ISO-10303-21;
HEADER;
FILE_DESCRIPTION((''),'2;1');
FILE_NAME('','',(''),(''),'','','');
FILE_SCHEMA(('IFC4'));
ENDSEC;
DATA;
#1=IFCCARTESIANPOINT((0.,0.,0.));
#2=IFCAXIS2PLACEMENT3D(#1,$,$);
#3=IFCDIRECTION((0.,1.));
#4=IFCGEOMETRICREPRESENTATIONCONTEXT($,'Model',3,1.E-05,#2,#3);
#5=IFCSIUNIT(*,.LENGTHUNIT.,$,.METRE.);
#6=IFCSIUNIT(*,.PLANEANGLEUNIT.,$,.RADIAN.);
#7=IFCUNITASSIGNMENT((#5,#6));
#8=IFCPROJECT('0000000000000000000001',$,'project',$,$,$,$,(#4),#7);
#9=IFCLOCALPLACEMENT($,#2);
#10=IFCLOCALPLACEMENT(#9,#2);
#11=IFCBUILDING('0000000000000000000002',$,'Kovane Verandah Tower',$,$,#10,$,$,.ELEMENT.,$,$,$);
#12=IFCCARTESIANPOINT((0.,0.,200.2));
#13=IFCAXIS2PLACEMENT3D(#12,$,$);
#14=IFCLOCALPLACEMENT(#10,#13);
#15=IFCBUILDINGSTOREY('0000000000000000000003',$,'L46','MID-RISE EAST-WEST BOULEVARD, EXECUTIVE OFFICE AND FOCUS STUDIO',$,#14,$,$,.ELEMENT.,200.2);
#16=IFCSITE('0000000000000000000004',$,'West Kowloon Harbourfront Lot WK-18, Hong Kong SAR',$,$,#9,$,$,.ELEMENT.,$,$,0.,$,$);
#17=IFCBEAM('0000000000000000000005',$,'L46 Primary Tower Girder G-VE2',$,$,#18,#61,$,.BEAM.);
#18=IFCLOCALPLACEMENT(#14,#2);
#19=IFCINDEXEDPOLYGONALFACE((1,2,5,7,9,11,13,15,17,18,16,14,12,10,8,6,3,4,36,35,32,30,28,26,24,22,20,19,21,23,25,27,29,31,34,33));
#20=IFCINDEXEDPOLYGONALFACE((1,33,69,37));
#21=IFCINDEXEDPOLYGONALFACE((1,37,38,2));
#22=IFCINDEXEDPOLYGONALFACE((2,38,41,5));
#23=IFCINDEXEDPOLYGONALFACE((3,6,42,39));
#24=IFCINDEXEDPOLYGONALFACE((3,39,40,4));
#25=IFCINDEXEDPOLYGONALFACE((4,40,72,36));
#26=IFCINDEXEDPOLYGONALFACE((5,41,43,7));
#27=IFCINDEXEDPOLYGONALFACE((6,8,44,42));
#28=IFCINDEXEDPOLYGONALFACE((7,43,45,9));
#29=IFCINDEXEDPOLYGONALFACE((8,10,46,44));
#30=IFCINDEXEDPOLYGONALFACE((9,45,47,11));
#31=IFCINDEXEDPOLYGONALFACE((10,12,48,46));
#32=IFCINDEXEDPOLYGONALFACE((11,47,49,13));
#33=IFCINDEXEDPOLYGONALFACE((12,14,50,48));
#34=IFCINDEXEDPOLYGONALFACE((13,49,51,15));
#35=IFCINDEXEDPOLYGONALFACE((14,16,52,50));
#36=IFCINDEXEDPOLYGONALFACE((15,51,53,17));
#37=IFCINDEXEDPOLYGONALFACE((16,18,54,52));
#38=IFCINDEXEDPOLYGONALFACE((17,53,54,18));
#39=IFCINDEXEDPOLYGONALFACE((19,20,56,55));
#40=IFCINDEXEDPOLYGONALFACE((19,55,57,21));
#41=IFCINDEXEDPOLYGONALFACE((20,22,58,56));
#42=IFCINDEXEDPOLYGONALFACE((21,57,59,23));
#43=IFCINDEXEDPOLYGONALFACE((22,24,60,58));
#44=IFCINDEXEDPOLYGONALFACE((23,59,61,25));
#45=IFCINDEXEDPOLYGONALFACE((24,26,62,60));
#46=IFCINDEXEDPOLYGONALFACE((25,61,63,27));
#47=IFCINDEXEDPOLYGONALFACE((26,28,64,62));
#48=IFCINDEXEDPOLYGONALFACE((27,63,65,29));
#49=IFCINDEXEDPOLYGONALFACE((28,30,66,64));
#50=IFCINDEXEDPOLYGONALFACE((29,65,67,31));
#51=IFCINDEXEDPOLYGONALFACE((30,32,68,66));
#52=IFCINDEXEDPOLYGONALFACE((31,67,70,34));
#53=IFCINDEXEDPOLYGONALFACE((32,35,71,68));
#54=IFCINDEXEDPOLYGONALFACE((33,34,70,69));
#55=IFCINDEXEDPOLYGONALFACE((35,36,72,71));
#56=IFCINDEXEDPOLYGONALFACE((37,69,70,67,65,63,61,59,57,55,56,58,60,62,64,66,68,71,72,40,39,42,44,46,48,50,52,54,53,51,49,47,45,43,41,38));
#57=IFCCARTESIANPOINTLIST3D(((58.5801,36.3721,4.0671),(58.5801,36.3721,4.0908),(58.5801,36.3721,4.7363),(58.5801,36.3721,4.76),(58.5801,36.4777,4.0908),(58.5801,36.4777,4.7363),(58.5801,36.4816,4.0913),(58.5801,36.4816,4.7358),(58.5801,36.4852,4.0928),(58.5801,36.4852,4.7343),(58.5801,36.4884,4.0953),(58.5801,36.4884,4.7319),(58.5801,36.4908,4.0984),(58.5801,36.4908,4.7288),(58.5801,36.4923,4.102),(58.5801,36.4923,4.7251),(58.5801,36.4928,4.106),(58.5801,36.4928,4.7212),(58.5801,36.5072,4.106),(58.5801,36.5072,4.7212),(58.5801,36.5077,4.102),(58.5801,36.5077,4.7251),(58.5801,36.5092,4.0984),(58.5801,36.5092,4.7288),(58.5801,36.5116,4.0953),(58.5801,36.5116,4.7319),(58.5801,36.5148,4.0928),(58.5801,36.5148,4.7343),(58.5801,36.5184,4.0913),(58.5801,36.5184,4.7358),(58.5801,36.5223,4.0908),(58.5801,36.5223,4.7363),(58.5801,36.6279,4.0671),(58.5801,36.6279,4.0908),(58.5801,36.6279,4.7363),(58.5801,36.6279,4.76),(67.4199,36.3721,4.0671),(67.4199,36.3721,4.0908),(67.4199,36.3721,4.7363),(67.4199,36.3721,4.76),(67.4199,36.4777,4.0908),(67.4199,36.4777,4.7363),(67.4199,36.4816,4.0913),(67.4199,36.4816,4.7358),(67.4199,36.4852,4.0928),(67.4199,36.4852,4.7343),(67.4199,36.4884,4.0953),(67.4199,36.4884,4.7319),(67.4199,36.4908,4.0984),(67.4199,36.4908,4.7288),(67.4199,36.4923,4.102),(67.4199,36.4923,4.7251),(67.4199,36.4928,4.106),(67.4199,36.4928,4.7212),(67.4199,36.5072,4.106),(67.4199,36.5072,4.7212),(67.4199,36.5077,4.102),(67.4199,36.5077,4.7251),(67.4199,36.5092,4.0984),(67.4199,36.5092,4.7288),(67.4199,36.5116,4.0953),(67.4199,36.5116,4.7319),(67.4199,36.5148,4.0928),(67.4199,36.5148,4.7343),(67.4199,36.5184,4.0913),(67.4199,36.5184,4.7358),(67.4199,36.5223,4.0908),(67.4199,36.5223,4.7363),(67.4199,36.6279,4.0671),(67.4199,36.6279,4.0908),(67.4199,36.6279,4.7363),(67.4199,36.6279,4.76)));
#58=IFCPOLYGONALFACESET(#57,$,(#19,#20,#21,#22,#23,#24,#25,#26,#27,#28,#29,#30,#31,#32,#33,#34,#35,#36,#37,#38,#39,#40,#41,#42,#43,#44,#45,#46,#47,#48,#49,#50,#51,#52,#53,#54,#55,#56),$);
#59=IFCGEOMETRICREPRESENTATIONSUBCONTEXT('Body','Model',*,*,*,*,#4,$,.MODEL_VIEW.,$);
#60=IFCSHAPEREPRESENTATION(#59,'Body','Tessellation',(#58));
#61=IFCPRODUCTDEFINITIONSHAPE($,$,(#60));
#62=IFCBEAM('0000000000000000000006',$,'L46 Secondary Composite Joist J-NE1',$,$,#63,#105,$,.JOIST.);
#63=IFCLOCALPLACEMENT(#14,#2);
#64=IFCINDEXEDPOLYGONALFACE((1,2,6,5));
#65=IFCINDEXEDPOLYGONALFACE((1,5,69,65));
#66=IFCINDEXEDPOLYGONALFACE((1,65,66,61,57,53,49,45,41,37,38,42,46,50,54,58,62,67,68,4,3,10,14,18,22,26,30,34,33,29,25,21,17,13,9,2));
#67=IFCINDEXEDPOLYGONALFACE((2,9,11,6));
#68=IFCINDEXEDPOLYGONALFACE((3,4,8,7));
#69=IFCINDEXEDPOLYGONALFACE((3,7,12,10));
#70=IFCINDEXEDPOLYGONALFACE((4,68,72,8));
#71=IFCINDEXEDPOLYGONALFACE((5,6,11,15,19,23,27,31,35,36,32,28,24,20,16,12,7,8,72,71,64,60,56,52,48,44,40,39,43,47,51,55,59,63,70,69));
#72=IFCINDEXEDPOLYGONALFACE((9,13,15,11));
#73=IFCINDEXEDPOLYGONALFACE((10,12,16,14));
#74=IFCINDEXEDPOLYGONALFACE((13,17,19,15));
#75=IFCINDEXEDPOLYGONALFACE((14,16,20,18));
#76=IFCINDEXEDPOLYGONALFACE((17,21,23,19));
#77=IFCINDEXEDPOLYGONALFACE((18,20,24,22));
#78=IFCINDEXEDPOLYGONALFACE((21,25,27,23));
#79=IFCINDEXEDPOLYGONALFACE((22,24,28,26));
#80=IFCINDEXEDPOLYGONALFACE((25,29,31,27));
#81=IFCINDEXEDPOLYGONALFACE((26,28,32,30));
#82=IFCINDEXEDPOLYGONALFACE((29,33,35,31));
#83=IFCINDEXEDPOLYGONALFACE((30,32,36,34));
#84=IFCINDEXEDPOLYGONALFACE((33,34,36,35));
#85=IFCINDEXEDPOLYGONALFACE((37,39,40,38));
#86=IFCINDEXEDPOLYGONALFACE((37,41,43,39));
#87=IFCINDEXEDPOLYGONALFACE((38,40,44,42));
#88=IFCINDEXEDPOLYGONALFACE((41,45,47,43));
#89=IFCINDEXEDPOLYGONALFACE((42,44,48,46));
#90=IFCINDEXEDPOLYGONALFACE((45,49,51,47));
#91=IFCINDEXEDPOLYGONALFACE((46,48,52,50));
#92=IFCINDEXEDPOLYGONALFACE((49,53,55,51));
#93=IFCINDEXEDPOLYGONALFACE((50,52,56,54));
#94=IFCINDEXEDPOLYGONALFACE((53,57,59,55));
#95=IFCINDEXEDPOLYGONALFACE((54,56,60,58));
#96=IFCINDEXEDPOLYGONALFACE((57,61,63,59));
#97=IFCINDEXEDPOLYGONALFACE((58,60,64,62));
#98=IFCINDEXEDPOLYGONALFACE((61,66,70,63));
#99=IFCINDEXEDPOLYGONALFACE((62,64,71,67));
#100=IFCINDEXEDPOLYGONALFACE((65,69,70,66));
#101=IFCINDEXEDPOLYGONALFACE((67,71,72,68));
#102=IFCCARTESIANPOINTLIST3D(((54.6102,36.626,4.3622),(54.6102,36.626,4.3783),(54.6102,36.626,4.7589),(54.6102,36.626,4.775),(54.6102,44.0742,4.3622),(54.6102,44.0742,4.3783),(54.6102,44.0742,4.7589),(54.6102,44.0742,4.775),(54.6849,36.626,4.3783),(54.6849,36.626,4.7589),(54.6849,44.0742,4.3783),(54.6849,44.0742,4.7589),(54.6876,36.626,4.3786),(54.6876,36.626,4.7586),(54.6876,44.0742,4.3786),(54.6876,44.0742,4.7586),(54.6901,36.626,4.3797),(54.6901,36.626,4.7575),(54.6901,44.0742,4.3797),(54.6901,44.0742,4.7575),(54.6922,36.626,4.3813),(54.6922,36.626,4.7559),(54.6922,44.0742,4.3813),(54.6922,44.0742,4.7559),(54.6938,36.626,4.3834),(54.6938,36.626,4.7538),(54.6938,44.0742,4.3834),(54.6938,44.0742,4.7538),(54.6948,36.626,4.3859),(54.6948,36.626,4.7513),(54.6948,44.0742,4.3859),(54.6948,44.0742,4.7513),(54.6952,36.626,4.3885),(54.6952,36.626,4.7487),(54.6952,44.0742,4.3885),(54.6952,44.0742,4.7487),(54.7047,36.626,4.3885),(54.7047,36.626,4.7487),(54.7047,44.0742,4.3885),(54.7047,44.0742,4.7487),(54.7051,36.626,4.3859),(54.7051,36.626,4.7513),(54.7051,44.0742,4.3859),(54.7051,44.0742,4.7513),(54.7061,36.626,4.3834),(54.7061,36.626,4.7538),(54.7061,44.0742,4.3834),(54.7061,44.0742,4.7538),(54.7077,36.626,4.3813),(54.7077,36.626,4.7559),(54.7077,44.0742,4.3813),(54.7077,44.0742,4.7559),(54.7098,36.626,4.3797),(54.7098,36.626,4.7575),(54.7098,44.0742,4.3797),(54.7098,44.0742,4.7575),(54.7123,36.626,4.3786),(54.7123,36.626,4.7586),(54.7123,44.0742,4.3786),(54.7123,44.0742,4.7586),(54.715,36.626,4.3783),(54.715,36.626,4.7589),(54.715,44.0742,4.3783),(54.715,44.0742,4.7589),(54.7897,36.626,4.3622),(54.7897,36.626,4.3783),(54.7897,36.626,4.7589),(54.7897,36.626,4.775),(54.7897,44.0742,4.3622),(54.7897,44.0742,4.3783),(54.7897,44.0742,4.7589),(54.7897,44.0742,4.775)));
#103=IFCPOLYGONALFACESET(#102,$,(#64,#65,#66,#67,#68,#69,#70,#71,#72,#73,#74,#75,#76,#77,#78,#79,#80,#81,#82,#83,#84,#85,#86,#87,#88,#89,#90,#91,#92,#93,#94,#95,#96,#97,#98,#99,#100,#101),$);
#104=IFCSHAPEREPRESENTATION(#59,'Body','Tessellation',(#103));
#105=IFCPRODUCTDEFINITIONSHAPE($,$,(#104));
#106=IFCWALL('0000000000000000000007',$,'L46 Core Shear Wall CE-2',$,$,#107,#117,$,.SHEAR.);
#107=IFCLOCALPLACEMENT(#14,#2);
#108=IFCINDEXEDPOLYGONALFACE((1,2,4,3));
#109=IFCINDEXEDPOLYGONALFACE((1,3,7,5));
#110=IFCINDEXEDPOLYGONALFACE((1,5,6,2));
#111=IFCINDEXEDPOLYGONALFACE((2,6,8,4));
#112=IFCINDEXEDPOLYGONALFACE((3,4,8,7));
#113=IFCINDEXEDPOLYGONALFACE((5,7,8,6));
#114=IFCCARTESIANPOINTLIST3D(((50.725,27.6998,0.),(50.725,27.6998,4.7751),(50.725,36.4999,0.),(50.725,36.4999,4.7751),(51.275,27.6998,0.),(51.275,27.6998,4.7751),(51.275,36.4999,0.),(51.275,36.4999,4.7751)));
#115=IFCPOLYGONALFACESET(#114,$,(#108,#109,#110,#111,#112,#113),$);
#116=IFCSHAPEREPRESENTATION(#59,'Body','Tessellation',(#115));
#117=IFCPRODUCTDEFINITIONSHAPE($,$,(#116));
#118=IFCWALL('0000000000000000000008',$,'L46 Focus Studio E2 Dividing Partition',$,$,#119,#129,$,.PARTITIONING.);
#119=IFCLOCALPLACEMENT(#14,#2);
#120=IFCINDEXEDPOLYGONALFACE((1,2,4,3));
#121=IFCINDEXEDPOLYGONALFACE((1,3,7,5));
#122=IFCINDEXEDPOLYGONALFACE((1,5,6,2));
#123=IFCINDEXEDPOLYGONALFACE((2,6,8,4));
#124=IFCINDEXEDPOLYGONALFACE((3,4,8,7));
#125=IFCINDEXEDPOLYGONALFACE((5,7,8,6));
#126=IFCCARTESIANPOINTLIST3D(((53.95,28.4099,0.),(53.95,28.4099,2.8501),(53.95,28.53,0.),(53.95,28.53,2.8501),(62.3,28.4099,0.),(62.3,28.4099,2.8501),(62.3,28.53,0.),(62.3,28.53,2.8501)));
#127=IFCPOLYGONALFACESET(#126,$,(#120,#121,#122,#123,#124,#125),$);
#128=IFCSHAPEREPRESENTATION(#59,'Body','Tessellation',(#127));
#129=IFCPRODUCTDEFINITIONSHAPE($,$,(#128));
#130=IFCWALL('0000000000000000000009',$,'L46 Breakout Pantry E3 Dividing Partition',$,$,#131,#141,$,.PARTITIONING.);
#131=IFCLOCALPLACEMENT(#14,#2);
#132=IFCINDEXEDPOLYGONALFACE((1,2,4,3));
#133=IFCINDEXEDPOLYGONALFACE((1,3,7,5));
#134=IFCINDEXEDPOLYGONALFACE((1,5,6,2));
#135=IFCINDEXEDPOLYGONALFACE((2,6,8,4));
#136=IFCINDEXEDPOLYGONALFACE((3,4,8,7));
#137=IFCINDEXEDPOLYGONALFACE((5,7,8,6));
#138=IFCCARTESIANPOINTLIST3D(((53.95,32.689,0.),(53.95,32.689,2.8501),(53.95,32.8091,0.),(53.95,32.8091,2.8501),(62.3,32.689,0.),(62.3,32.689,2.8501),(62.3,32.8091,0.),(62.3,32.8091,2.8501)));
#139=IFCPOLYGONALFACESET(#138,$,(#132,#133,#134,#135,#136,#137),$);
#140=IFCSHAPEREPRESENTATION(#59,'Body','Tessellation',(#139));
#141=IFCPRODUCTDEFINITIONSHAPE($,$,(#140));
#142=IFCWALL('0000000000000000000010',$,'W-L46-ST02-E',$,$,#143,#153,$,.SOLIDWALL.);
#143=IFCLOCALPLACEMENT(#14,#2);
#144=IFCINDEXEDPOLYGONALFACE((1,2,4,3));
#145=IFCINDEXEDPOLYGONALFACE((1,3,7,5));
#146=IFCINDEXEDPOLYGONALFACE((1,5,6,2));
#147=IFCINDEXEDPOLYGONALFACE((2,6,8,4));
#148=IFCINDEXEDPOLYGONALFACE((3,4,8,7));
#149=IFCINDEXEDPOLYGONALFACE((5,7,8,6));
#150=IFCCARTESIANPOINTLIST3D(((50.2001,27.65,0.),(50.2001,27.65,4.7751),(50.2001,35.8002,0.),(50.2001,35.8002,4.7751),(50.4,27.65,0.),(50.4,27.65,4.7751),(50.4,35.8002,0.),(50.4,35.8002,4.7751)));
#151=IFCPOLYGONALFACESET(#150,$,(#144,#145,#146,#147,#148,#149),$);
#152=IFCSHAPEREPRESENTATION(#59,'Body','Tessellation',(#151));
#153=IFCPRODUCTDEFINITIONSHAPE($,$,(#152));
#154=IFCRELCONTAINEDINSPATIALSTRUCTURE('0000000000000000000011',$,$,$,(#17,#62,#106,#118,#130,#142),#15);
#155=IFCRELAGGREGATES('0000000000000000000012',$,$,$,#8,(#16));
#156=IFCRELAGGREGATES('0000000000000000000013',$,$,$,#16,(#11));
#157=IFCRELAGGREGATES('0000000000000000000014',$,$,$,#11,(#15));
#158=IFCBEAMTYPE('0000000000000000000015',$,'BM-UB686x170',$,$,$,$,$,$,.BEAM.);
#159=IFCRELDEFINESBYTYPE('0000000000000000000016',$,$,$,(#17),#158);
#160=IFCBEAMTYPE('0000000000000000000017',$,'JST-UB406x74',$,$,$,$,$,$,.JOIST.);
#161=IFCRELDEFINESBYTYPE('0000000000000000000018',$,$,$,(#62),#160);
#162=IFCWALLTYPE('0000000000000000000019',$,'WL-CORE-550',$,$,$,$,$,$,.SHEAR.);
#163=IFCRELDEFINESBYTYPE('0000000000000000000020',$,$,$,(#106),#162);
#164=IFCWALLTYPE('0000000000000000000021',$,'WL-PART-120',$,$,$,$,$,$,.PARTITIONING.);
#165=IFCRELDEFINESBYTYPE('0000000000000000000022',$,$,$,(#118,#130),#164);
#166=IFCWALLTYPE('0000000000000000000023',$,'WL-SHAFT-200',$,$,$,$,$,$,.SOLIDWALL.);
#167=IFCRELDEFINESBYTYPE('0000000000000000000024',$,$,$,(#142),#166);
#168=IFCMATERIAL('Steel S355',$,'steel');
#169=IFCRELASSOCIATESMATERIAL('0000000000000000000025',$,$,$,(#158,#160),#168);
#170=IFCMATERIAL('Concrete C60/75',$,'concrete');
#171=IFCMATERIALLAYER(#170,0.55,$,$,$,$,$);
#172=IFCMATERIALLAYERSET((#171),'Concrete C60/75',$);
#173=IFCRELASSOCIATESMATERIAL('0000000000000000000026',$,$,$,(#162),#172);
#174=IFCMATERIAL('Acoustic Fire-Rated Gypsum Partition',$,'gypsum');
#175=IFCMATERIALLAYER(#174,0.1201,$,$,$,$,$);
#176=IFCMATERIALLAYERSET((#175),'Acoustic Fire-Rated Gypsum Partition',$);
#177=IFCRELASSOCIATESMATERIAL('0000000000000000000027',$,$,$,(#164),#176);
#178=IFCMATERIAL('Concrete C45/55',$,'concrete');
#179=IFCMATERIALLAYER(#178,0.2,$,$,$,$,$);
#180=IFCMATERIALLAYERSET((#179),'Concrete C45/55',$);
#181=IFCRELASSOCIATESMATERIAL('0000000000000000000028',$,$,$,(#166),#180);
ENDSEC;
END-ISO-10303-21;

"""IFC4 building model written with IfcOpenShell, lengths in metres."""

from ifc_helpers import new_model, si_unit, direction, frame, frame_2d, origin, origin_2d, place, context, subcontext, project, spatial, rectangle, i_section, extrude, material, layer, layer_set, material_profile, profile_set, type_object, element, save


model = new_model("IFC4")

# Units and contexts
model_context = context("Model", 3, precision=1e-05, world=origin(), true_north=direction((0.0, 1.0)))
body_context = subcontext(model_context, "Body", "Model", "MODEL_VIEW")
ifc_project = project(units=[si_unit("LENGTHUNIT", "METRE"), si_unit("PLANEANGLEUNIT", "RADIAN")], contexts=[model_context])

# Site, building, storey
site_placement = place(None, origin())
site = spatial("IfcSite", under=ifc_project, at=site_placement, Name="West Kowloon Harbourfront Lot WK-18, Hong Kong SAR", CompositionType="ELEMENT", RefElevation=0.0)
building_placement = place(site_placement, origin())
building = spatial("IfcBuilding", under=site, at=building_placement, Name="Kovane Verandah Tower", CompositionType="ELEMENT")
storey_placement = place(building_placement, frame((0.0, 0.0, 200.2)))
storey = spatial("IfcBuildingStorey", under=building, at=storey_placement, Name="L46", Description="MID-RISE EAST-WEST BOULEVARD, EXECUTIVE OFFICE AND FOCUS STUDIO", CompositionType="ELEMENT", Elevation=200.2)

# Shared definitions
ifc_material_1 = material(Name="Concrete C60/75", Category="concrete")

# Beams
ifc_material_2 = material(Name="Steel S355", Category="steel")
ifc_material_profile_1 = material_profile(ifc_material_2, i_section(OverallWidth=0.2559, OverallDepth=0.6929, WebThickness=0.0144, FlangeThickness=0.0237, FilletRadius=0.0151, at=origin_2d()), Name="UB686x254x170")
ifc_profile_set_1 = profile_set([ifc_material_profile_1], Name="Steel S355")
beam_type_1 = type_object("IfcBeamType", Name="BM-UB686x170", PredefinedType="BEAM", material=ifc_profile_set_1)
beam_1_placement = place(storey_placement, frame((58.5801, 36.5, 4.4136), z_axis=(1.0, 0.0, 0.0), x_axis=(0.0, 1.0, 0.0)))
element("IfcBeam", 1, at=beam_1_placement, inside=storey, type_object=beam_type_1, Name="L46 Primary Tower Girder G-VE2", PredefinedType="BEAM", context=body_context, shape_type="SweptSolid", body=[
    extrude(i_section(OverallWidth=0.2559, OverallDepth=0.6929, WebThickness=0.0144, FlangeThickness=0.0237, FilletRadius=0.0151, at=origin_2d()), origin(), (0.0, 0.0, 1.0), 8.8398),
])
ifc_material_profile_2 = material_profile(ifc_material_2, i_section(OverallWidth=0.1794, OverallDepth=0.4128, WebThickness=0.0095, FlangeThickness=0.0161, FilletRadius=0.0103, at=origin_2d()), Name="UB406x178x74")
ifc_profile_set_2 = profile_set([ifc_material_profile_2], Name="Steel S355")
beam_type_2 = type_object("IfcBeamType", Name="JST-UB406x74", PredefinedType="JOIST", material=ifc_profile_set_2)
beam_2_placement = place(storey_placement, frame((54.7, 36.626, 4.5686), z_axis=(0.0, 1.0, 0.0), x_axis=(-1.0, 0.0, 0.0)))
element("IfcBeam", 2, at=beam_2_placement, inside=storey, type_object=beam_type_2, Name="L46 Secondary Composite Joist J-NE1", PredefinedType="JOIST", context=body_context, shape_type="SweptSolid", body=[
    extrude(i_section(OverallWidth=0.1794, OverallDepth=0.4128, WebThickness=0.0095, FlangeThickness=0.0161, FilletRadius=0.0103, at=origin_2d()), origin(), (0.0, 0.0, 1.0), 7.4482),
])

# Walls
ifc_layer_1 = layer(ifc_material_1, 0.55)
ifc_layer_set_1 = layer_set([ifc_layer_1], Name="Concrete C60/75")
wall_type_1 = type_object("IfcWallType", Name="WL-CORE-550", PredefinedType="SHEAR", material=ifc_layer_set_1)
wall_1_placement = place(storey_placement, frame((51.0, 27.7, 0.0), z_axis=(0.0, 0.0, 1.0), x_axis=(0.0, 1.0, 0.0)))
element("IfcWall", 3, at=wall_1_placement, inside=storey, type_object=wall_type_1, Name="L46 Core Shear Wall CE-2", PredefinedType="SHEAR", context=body_context, shape_type="SweptSolid", body=[
    extrude(rectangle(XDim=8.8, YDim=0.55, at=frame_2d((4.3999, 0.0))), origin(), (0.0, 0.0, 1.0), 4.7751),
])
ifc_material_3 = material(Name="Acoustic Fire-Rated Gypsum Partition", Category="gypsum")
ifc_layer_2 = layer(ifc_material_3, 0.1201)
ifc_layer_set_2 = layer_set([ifc_layer_2], Name="Acoustic Fire-Rated Gypsum Partition")
wall_type_2 = type_object("IfcWallType", Name="WL-PART-120", PredefinedType="PARTITIONING", material=ifc_layer_set_2)
for number, where, z_axis, x_axis, name in (
    (4, (53.95, 28.47, 0.0), (0.0, 0.0, 1.0), (1.0, 0.0, 0.0), "L46 Focus Studio E2 Dividing Partition"),
    (5, (53.95, 32.749, 0.0), (0.0, 0.0, 1.0), (1.0, 0.0, 0.0), "L46 Breakout Pantry E3 Dividing Partition"),
):
    element("IfcWall", number, at=place(storey_placement, frame(where, z_axis=z_axis, x_axis=x_axis)), inside=storey, type_object=wall_type_2, Name=name, PredefinedType="PARTITIONING", context=body_context, shape_type="SweptSolid", body=[
        extrude(rectangle(XDim=8.3501, YDim=0.1201, at=frame_2d((4.175, 0.0))), origin(), (0.0, 0.0, 1.0), 2.8501),
    ])
ifc_material_4 = material(Name="Concrete C45/55", Category="concrete")
ifc_layer_3 = layer(ifc_material_4, 0.2)
ifc_layer_set_3 = layer_set([ifc_layer_3], Name="Concrete C45/55")
wall_type_3 = type_object("IfcWallType", Name="WL-SHAFT-200", PredefinedType="SOLIDWALL", material=ifc_layer_set_3)
wall_2_placement = place(storey_placement, frame((50.3, 27.6499, 0.0), z_axis=(0.0, 0.0, 1.0), x_axis=(0.0, 1.0, 0.0)))
element("IfcWall", 6, at=wall_2_placement, inside=storey, type_object=wall_type_3, Name="W-L46-ST02-E", PredefinedType="SOLIDWALL", context=body_context, shape_type="SweptSolid", body=[
    extrude(rectangle(XDim=8.1501, YDim=0.2, at=frame_2d((4.0752, 0.0))), origin(), (0.0, 0.0, 1.0), 4.7751),
])

save(model, "model.ifc")
